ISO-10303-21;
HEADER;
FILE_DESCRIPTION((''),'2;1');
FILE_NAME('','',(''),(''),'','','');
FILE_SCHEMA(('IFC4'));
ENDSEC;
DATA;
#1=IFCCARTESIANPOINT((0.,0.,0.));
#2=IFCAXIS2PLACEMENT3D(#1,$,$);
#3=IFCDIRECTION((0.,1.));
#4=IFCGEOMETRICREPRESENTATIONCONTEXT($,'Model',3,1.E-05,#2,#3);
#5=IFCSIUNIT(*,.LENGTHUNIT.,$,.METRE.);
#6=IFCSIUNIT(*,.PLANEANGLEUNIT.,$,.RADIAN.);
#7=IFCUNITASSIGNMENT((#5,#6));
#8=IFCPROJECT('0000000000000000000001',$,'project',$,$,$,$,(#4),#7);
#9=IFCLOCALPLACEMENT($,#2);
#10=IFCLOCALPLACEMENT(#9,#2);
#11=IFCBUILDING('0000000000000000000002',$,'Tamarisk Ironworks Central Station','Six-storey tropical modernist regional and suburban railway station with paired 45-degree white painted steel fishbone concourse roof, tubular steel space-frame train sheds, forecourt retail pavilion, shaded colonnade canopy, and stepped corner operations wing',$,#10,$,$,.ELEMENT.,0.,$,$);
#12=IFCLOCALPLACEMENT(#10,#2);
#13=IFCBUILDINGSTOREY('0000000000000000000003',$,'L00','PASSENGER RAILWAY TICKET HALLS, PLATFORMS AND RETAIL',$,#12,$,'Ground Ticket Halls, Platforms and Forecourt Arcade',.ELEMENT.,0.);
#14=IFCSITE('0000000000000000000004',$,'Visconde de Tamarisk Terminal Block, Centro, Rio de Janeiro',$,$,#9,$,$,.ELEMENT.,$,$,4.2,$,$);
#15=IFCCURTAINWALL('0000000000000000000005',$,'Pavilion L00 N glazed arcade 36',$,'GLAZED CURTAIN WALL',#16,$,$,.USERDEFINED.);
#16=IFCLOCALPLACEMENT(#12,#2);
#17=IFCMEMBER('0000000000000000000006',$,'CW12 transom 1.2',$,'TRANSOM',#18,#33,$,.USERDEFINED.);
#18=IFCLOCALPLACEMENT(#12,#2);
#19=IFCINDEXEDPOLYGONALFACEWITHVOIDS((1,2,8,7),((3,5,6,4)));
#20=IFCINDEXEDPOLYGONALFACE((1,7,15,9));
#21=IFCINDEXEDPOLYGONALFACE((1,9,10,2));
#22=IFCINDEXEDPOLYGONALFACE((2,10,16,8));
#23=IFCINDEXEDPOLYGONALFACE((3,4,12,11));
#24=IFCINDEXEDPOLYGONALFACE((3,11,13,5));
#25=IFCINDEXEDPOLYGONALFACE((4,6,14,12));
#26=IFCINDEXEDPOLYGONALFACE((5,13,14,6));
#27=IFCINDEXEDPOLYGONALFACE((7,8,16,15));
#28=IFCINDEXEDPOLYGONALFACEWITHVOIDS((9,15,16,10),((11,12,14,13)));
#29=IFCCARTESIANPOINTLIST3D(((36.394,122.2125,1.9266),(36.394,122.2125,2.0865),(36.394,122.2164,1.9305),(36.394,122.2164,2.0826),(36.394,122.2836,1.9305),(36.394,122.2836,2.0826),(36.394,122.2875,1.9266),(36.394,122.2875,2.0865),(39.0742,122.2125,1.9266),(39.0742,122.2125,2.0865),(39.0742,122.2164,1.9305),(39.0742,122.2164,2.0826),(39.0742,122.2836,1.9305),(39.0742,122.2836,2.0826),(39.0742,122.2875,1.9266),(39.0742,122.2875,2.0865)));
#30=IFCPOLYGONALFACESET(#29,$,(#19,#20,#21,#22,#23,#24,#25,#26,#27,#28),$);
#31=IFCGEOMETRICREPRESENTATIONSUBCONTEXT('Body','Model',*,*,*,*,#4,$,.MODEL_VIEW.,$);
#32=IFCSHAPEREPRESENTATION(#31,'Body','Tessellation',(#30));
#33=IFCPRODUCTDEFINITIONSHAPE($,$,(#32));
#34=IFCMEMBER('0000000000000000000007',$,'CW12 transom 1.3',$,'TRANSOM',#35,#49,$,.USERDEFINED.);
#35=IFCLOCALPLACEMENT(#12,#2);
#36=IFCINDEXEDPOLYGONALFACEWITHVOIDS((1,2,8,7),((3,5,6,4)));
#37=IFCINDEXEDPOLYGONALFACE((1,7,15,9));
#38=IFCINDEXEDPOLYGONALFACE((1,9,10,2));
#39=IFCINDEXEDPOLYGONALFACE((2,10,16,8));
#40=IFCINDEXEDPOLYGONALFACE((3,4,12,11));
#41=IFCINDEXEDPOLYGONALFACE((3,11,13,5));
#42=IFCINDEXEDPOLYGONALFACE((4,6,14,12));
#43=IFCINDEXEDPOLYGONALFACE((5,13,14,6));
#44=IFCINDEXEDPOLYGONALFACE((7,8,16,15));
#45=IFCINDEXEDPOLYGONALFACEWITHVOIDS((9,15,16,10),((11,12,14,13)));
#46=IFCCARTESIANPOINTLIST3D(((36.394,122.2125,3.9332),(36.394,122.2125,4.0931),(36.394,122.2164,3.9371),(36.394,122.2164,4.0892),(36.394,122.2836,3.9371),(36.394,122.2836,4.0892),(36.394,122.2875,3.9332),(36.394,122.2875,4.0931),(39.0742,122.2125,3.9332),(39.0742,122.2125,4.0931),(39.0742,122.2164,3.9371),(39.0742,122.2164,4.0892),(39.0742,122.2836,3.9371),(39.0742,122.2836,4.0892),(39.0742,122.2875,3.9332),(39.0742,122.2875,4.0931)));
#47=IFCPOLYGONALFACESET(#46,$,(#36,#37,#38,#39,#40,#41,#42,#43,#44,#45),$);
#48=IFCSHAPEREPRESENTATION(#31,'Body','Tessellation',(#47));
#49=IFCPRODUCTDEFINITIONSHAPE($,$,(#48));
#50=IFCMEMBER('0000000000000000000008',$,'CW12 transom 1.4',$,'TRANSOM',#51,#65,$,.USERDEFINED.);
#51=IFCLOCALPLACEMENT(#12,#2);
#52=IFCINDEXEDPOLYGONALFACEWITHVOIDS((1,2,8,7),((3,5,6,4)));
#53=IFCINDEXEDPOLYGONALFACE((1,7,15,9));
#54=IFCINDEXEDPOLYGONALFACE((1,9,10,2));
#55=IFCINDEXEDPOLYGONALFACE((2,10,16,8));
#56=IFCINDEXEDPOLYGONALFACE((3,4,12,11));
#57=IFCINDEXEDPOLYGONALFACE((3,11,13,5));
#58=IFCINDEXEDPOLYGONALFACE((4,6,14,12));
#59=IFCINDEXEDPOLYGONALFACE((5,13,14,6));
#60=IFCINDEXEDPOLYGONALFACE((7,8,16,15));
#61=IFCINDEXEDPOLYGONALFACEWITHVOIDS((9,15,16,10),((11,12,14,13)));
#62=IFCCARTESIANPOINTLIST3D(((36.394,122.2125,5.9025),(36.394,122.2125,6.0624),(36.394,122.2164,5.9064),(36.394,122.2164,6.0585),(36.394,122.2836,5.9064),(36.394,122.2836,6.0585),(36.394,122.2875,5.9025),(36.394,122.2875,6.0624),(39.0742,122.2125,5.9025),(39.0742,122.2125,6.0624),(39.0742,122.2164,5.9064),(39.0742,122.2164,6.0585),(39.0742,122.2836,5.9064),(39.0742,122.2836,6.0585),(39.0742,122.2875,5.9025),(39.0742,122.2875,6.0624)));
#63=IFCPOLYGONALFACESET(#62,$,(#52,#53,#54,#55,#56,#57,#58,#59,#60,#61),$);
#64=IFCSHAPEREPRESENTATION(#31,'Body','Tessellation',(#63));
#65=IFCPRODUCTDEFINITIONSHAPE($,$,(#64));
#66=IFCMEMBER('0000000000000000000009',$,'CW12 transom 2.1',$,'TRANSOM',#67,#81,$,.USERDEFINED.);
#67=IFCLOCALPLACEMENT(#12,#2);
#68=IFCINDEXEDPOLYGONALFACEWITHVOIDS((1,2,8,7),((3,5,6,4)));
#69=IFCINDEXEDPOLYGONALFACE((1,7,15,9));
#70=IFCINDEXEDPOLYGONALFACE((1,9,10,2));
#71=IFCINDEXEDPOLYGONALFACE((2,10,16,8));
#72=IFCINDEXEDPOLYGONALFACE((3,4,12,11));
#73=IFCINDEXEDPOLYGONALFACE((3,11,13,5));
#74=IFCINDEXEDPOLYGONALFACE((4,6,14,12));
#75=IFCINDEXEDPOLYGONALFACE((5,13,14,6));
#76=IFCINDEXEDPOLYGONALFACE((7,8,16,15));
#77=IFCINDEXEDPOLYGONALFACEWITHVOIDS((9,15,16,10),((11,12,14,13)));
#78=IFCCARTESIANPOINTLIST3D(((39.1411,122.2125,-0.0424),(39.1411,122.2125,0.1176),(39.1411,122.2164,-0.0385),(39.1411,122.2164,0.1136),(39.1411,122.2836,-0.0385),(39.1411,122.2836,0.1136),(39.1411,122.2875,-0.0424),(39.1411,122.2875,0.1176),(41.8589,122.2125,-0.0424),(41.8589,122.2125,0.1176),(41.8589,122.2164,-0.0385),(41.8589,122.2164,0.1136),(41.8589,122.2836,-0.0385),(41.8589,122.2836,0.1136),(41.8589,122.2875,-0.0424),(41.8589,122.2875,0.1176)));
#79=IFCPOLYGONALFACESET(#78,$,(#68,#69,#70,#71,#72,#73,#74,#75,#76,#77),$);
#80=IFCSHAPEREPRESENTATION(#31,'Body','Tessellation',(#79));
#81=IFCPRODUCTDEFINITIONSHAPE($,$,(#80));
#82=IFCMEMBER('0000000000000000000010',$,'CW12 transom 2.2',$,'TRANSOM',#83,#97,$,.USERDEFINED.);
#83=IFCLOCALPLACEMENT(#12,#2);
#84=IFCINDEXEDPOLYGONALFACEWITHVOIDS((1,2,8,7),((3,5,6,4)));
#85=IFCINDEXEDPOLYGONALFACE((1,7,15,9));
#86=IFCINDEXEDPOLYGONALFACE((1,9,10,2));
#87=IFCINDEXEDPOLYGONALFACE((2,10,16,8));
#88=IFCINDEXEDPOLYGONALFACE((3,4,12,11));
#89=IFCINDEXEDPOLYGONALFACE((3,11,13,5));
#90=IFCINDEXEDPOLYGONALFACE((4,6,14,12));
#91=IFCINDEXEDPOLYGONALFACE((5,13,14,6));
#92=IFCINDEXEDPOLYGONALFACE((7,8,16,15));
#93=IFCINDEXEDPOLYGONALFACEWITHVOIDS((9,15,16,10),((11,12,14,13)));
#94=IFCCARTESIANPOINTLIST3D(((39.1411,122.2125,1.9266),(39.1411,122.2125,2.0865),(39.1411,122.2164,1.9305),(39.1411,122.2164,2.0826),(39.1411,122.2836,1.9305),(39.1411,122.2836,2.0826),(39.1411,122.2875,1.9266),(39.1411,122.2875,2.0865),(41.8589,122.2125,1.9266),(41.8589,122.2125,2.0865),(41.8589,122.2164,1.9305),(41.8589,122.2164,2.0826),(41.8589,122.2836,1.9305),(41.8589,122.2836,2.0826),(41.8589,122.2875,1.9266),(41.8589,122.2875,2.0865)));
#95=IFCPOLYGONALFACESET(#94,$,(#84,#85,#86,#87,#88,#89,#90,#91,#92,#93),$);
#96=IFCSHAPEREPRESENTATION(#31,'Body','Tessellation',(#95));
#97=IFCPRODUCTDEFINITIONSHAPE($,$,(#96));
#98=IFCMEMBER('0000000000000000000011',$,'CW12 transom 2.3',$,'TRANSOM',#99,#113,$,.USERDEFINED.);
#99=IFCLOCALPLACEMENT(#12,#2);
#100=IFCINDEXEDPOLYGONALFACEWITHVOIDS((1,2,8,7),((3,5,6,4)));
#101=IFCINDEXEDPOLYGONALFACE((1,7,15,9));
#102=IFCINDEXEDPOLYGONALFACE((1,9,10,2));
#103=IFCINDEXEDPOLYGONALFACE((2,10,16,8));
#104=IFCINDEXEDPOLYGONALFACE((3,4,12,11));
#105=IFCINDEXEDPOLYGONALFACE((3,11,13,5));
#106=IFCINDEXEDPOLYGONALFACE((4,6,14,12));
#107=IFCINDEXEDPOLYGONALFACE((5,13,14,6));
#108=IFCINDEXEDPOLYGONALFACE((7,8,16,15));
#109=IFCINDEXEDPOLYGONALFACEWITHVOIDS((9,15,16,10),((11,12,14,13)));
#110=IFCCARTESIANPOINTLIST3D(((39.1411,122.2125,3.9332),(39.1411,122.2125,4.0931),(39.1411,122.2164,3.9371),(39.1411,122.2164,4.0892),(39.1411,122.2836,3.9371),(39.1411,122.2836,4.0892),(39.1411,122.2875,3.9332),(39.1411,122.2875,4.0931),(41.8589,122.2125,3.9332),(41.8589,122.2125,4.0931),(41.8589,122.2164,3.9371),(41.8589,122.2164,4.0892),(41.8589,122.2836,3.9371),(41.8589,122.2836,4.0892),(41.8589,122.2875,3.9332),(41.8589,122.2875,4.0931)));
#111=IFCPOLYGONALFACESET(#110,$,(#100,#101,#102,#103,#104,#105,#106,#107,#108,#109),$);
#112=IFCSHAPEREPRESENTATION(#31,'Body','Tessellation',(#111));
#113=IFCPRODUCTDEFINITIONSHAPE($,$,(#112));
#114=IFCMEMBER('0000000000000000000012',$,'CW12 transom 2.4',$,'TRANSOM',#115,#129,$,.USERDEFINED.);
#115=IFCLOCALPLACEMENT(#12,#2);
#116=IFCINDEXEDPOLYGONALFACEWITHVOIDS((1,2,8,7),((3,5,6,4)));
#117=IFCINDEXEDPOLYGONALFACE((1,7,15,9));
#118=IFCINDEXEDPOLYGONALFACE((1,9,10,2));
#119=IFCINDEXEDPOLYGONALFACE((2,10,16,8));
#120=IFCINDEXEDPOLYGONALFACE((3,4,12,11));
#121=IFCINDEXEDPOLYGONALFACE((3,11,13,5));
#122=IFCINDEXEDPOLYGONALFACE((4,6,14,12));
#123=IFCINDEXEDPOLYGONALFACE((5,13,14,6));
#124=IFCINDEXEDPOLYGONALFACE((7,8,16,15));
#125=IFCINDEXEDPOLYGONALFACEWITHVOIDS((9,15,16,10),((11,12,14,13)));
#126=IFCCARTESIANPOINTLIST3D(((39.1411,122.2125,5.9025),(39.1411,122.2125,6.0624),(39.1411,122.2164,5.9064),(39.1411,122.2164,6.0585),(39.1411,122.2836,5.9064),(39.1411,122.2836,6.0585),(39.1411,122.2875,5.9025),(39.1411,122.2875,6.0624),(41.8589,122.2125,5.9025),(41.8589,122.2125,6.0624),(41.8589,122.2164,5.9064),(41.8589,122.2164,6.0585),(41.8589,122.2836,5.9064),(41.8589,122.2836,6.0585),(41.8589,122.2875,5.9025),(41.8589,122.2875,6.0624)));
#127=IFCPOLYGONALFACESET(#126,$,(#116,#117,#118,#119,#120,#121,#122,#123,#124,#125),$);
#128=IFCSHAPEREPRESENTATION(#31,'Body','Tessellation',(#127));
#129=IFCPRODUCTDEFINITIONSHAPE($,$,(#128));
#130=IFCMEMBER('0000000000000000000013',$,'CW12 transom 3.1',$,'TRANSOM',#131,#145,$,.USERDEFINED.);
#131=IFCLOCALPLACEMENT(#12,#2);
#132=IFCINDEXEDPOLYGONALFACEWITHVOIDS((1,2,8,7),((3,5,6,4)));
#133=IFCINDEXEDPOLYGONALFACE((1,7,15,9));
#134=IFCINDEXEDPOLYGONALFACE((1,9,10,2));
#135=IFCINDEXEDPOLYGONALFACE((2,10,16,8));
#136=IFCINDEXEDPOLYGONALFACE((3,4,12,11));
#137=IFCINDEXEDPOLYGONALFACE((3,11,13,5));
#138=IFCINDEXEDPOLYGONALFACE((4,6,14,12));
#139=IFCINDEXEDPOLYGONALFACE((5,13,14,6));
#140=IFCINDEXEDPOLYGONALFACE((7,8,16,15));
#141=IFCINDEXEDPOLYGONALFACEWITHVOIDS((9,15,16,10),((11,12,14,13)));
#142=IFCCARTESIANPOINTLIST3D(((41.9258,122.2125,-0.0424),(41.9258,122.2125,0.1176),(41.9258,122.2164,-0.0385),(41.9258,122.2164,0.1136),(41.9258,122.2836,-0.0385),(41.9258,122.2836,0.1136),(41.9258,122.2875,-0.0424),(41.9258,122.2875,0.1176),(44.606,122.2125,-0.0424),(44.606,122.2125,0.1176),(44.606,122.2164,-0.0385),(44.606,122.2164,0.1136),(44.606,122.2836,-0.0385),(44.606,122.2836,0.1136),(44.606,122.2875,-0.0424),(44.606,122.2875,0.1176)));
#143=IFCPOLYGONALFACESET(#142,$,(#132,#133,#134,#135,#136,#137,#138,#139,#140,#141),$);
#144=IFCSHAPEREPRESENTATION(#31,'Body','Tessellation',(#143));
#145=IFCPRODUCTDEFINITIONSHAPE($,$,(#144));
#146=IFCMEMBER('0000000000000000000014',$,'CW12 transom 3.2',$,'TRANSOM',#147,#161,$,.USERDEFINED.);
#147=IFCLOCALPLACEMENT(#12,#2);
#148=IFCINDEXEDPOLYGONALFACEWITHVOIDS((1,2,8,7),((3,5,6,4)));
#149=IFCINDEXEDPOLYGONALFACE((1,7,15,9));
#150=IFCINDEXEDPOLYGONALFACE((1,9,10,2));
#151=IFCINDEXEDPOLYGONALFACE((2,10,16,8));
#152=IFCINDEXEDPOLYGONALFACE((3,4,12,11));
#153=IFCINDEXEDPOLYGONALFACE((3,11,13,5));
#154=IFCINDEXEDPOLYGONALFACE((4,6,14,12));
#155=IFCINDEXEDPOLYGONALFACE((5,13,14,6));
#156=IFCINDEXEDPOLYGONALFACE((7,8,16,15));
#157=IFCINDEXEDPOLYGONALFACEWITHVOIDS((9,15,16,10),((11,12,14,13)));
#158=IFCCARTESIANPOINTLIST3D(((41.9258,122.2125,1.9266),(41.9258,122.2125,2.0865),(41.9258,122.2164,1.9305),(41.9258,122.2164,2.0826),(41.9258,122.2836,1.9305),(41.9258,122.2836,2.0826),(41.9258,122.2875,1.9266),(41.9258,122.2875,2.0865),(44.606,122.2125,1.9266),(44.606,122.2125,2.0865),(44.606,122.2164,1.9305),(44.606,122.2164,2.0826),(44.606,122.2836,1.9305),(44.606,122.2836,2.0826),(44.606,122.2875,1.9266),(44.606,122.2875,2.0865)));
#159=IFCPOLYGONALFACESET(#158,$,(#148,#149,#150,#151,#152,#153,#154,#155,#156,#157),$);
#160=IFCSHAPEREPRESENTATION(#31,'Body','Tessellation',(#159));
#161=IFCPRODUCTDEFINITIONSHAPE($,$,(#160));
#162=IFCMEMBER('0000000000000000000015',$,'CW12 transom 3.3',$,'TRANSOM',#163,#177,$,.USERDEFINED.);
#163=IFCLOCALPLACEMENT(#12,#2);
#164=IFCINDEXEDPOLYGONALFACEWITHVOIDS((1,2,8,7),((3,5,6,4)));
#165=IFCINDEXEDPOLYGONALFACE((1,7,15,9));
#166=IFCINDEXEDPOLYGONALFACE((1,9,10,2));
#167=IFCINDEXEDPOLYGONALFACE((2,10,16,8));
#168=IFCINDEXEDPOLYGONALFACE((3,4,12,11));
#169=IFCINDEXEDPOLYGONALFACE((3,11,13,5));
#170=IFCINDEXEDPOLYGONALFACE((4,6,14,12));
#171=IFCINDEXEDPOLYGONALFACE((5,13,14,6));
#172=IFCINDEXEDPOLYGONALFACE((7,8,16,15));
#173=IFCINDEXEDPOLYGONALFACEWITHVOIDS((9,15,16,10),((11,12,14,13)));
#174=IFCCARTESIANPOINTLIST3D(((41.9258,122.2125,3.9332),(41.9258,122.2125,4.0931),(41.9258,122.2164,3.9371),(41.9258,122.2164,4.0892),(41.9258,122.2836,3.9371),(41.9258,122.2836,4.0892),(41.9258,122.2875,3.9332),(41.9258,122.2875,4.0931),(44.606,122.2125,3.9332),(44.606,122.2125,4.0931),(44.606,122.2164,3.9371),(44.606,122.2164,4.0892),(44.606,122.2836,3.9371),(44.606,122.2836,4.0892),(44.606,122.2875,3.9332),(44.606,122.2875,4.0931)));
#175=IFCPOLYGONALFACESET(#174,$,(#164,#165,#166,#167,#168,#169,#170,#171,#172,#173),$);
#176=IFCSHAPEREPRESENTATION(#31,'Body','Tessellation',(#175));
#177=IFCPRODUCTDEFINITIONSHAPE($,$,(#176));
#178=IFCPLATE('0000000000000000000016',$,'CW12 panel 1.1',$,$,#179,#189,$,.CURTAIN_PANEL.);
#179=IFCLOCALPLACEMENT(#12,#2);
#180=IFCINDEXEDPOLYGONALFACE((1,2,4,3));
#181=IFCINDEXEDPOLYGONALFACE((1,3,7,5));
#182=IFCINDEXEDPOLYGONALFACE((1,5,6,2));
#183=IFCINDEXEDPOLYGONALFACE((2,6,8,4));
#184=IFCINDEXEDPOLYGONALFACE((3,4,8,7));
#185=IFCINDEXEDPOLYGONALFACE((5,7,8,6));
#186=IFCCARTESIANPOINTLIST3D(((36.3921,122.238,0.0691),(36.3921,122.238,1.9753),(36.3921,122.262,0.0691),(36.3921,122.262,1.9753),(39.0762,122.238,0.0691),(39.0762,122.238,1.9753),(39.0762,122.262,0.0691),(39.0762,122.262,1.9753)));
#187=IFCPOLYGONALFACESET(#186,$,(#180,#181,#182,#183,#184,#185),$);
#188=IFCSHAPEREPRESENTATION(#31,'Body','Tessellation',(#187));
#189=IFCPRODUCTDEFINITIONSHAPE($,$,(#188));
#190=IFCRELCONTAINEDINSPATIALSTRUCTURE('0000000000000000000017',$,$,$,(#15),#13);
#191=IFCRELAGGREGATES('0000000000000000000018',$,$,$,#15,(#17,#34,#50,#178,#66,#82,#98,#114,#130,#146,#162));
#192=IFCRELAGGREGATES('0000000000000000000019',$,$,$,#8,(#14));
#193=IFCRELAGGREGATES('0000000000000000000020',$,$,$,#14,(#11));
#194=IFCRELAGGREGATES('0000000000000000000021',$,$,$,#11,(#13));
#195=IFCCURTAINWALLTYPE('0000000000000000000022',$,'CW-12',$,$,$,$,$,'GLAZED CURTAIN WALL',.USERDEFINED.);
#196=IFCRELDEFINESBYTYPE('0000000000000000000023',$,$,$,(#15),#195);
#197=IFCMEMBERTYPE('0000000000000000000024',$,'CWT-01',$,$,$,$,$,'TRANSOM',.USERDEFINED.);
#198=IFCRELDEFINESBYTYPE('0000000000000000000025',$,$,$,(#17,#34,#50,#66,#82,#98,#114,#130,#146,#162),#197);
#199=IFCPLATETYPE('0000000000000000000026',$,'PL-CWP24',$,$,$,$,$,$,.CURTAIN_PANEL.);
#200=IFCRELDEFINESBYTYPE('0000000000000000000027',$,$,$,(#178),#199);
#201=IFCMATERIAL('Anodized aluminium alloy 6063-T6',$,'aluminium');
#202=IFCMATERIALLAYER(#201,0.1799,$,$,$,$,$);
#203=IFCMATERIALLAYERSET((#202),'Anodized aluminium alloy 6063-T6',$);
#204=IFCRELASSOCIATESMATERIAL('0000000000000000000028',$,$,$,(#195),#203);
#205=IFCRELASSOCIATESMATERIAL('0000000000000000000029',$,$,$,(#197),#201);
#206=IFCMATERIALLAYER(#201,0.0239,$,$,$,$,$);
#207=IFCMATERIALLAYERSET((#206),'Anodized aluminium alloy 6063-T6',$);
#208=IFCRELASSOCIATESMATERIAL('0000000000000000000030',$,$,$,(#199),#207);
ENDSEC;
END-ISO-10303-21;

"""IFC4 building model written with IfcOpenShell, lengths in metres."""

from ifc_helpers import new_model, si_unit, direction, frame, origin, origin_2d, place, context, subcontext, project, spatial, rectangle, hollow_rectangle, extrude, material, layer, layer_set, material_profile, profile_set, type_object, element, aggregate, save


model = new_model("IFC4")

# Units and contexts
model_context = context("Model", 3, precision=1e-05, world=origin(), true_north=direction((0.0, 1.0)))
body_context = subcontext(model_context, "Body", "Model", "MODEL_VIEW")
ifc_project = project(units=[si_unit("LENGTHUNIT", "METRE"), si_unit("PLANEANGLEUNIT", "RADIAN")], contexts=[model_context])

# Site, building, storey
site_placement = place(None, origin())
site = spatial("IfcSite", under=ifc_project, at=site_placement, Name="Visconde de Tamarisk Terminal Block, Centro, Rio de Janeiro", CompositionType="ELEMENT", RefElevation=4.2)
building_placement = place(site_placement, origin())
building = spatial("IfcBuilding", under=site, at=building_placement, Name="Tamarisk Ironworks Central Station", Description="Six-storey tropical modernist regional and suburban railway station with paired 45-degree white painted steel fishbone concourse roof, tubular steel space-frame train sheds, forecourt retail pavilion, shaded colonnade canopy, and stepped corner operations wing", CompositionType="ELEMENT", ElevationOfRefHeight=0.0)
storey_placement = place(building_placement, origin())
storey = spatial("IfcBuildingStorey", under=building, at=storey_placement, Name="L00", Description="PASSENGER RAILWAY TICKET HALLS, PLATFORMS AND RETAIL", LongName="Ground Ticket Halls, Platforms and Forecourt Arcade", CompositionType="ELEMENT", Elevation=0.0)

# Curtain wall, members, plate
ifc_material_1 = material(Name="Anodized aluminium alloy 6063-T6", Category="aluminium")
ifc_layer_1 = layer(ifc_material_1, 0.1799)
ifc_layer_set_1 = layer_set([ifc_layer_1], Name="Anodized aluminium alloy 6063-T6")
curtain_wall_type = type_object("IfcCurtainWallType", Name="CW-12", ElementType="GLAZED CURTAIN WALL", PredefinedType="USERDEFINED", material=ifc_layer_set_1)
curtain_wall_placement = place(storey_placement, origin())
curtain_wall = element("IfcCurtainWall", 1, at=curtain_wall_placement, inside=storey, type_object=curtain_wall_type, Name="Pavilion L00 N glazed arcade 36", ObjectType="GLAZED CURTAIN WALL", PredefinedType="USERDEFINED")
ifc_material_profile_1 = material_profile(ifc_material_1, hollow_rectangle(XDim=0.075, YDim=0.1599, WallThickness=0.0039, at=origin_2d()), Name="ALUM 160x75")
ifc_profile_set_1 = profile_set([ifc_material_profile_1], Name="Anodized aluminium alloy 6063-T6")
member_type_1 = type_object("IfcMemberType", Name="CWT-01", ElementType="TRANSOM", PredefinedType="USERDEFINED", material=ifc_profile_set_1)
member_1_placement = place(storey_placement, frame((36.394, 122.25, 2.0066), z_axis=(1.0, 0.0, 0.0), x_axis=(0.0, 1.0, 0.0)))
member_1 = element("IfcMember", 2, at=member_1_placement, type_object=member_type_1, Name="CW12 transom 1.2", ObjectType="TRANSOM", PredefinedType="USERDEFINED", context=body_context, shape_type="SweptSolid", body=[
    extrude(hollow_rectangle(XDim=0.075, YDim=0.1599, WallThickness=0.0039, at=origin_2d()), origin(), (0.0, 0.0, 1.0), 2.6802),
])
member_2_placement = place(storey_placement, frame((36.394, 122.25, 4.0132), z_axis=(1.0, 0.0, 0.0), x_axis=(0.0, 1.0, 0.0)))
member_2 = element("IfcMember", 3, at=member_2_placement, type_object=member_type_1, Name="CW12 transom 1.3", ObjectType="TRANSOM", PredefinedType="USERDEFINED", context=body_context, shape_type="SweptSolid", body=[
    extrude(hollow_rectangle(XDim=0.075, YDim=0.1599, WallThickness=0.0039, at=origin_2d()), origin(), (0.0, 0.0, 1.0), 2.6802),
])
member_3_placement = place(storey_placement, frame((36.394, 122.25, 5.9824), z_axis=(1.0, 0.0, 0.0), x_axis=(0.0, 1.0, 0.0)))
member_3 = element("IfcMember", 4, at=member_3_placement, type_object=member_type_1, Name="CW12 transom 1.4", ObjectType="TRANSOM", PredefinedType="USERDEFINED", context=body_context, shape_type="SweptSolid", body=[
    extrude(hollow_rectangle(XDim=0.075, YDim=0.1599, WallThickness=0.0039, at=origin_2d()), origin(), (0.0, 0.0, 1.0), 2.6802),
])
member_4_placement = place(storey_placement, frame((39.1411, 122.25, 0.0376), z_axis=(1.0, 0.0, 0.0), x_axis=(0.0, 1.0, 0.0)))
member_4 = element("IfcMember", 5, at=member_4_placement, type_object=member_type_1, Name="CW12 transom 2.1", ObjectType="TRANSOM", PredefinedType="USERDEFINED", context=body_context, shape_type="SweptSolid", body=[
    extrude(hollow_rectangle(XDim=0.075, YDim=0.1599, WallThickness=0.0039, at=origin_2d()), origin(), (0.0, 0.0, 1.0), 2.7178),
])
member_5_placement = place(storey_placement, frame((39.1411, 122.25, 2.0066), z_axis=(1.0, 0.0, 0.0), x_axis=(0.0, 1.0, 0.0)))
member_5 = element("IfcMember", 6, at=member_5_placement, type_object=member_type_1, Name="CW12 transom 2.2", ObjectType="TRANSOM", PredefinedType="USERDEFINED", context=body_context, shape_type="SweptSolid", body=[
    extrude(hollow_rectangle(XDim=0.075, YDim=0.1599, WallThickness=0.0039, at=origin_2d()), origin(), (0.0, 0.0, 1.0), 2.7178),
])
member_6_placement = place(storey_placement, frame((39.1411, 122.25, 4.0132), z_axis=(1.0, 0.0, 0.0), x_axis=(0.0, 1.0, 0.0)))
member_6 = element("IfcMember", 7, at=member_6_placement, type_object=member_type_1, Name="CW12 transom 2.3", ObjectType="TRANSOM", PredefinedType="USERDEFINED", context=body_context, shape_type="SweptSolid", body=[
    extrude(hollow_rectangle(XDim=0.075, YDim=0.1599, WallThickness=0.0039, at=origin_2d()), origin(), (0.0, 0.0, 1.0), 2.7178),
])
member_7_placement = place(storey_placement, frame((39.1411, 122.25, 5.9824), z_axis=(1.0, 0.0, 0.0), x_axis=(0.0, 1.0, 0.0)))
member_7 = element("IfcMember", 8, at=member_7_placement, type_object=member_type_1, Name="CW12 transom 2.4", ObjectType="TRANSOM", PredefinedType="USERDEFINED", context=body_context, shape_type="SweptSolid", body=[
    extrude(hollow_rectangle(XDim=0.075, YDim=0.1599, WallThickness=0.0039, at=origin_2d()), origin(), (0.0, 0.0, 1.0), 2.7178),
])
member_8_placement = place(storey_placement, frame((41.9258, 122.25, 0.0376), z_axis=(1.0, 0.0, 0.0), x_axis=(0.0, 1.0, 0.0)))
member_8 = element("IfcMember", 9, at=member_8_placement, type_object=member_type_1, Name="CW12 transom 3.1", ObjectType="TRANSOM", PredefinedType="USERDEFINED", context=body_context, shape_type="SweptSolid", body=[
    extrude(hollow_rectangle(XDim=0.075, YDim=0.1599, WallThickness=0.0039, at=origin_2d()), origin(), (0.0, 0.0, 1.0), 2.6802),
])
member_9_placement = place(storey_placement, frame((41.9258, 122.25, 2.0066), z_axis=(1.0, 0.0, 0.0), x_axis=(0.0, 1.0, 0.0)))
member_9 = element("IfcMember", 10, at=member_9_placement, type_object=member_type_1, Name="CW12 transom 3.2", ObjectType="TRANSOM", PredefinedType="USERDEFINED", context=body_context, shape_type="SweptSolid", body=[
    extrude(hollow_rectangle(XDim=0.075, YDim=0.1599, WallThickness=0.0039, at=origin_2d()), origin(), (0.0, 0.0, 1.0), 2.6802),
])
member_10_placement = place(storey_placement, frame((41.9258, 122.25, 4.0132), z_axis=(1.0, 0.0, 0.0), x_axis=(0.0, 1.0, 0.0)))
member_10 = element("IfcMember", 11, at=member_10_placement, type_object=member_type_1, Name="CW12 transom 3.3", ObjectType="TRANSOM", PredefinedType="USERDEFINED", context=body_context, shape_type="SweptSolid", body=[
    extrude(hollow_rectangle(XDim=0.075, YDim=0.1599, WallThickness=0.0039, at=origin_2d()), origin(), (0.0, 0.0, 1.0), 2.6802),
])
ifc_layer_2 = layer(ifc_material_1, 0.0239)
ifc_layer_set_2 = layer_set([ifc_layer_2], Name="Anodized aluminium alloy 6063-T6")
plate_type = type_object("IfcPlateType", Name="PL-CWP24", PredefinedType="CURTAIN_PANEL", material=ifc_layer_set_2)
plate_1_placement = place(storey_placement, frame((37.7341, 122.25, 0.0691), z_axis=(0.0, 0.0, 1.0), x_axis=(1.0, 0.0, 0.0)))
plate_1 = element("IfcPlate", 12, at=plate_1_placement, type_object=plate_type, Name="CW12 panel 1.1", PredefinedType="CURTAIN_PANEL", context=body_context, shape_type="SweptSolid", body=[
    extrude(rectangle(XDim=2.6841, YDim=0.0239, at=origin_2d()), origin(), (0.0, 0.0, 1.0), 1.9062),
])
aggregate(curtain_wall, [member_1, member_2, member_3, plate_1, member_4, member_5, member_6, member_7, member_8, member_9, member_10])

save(model, "model.ifc")
